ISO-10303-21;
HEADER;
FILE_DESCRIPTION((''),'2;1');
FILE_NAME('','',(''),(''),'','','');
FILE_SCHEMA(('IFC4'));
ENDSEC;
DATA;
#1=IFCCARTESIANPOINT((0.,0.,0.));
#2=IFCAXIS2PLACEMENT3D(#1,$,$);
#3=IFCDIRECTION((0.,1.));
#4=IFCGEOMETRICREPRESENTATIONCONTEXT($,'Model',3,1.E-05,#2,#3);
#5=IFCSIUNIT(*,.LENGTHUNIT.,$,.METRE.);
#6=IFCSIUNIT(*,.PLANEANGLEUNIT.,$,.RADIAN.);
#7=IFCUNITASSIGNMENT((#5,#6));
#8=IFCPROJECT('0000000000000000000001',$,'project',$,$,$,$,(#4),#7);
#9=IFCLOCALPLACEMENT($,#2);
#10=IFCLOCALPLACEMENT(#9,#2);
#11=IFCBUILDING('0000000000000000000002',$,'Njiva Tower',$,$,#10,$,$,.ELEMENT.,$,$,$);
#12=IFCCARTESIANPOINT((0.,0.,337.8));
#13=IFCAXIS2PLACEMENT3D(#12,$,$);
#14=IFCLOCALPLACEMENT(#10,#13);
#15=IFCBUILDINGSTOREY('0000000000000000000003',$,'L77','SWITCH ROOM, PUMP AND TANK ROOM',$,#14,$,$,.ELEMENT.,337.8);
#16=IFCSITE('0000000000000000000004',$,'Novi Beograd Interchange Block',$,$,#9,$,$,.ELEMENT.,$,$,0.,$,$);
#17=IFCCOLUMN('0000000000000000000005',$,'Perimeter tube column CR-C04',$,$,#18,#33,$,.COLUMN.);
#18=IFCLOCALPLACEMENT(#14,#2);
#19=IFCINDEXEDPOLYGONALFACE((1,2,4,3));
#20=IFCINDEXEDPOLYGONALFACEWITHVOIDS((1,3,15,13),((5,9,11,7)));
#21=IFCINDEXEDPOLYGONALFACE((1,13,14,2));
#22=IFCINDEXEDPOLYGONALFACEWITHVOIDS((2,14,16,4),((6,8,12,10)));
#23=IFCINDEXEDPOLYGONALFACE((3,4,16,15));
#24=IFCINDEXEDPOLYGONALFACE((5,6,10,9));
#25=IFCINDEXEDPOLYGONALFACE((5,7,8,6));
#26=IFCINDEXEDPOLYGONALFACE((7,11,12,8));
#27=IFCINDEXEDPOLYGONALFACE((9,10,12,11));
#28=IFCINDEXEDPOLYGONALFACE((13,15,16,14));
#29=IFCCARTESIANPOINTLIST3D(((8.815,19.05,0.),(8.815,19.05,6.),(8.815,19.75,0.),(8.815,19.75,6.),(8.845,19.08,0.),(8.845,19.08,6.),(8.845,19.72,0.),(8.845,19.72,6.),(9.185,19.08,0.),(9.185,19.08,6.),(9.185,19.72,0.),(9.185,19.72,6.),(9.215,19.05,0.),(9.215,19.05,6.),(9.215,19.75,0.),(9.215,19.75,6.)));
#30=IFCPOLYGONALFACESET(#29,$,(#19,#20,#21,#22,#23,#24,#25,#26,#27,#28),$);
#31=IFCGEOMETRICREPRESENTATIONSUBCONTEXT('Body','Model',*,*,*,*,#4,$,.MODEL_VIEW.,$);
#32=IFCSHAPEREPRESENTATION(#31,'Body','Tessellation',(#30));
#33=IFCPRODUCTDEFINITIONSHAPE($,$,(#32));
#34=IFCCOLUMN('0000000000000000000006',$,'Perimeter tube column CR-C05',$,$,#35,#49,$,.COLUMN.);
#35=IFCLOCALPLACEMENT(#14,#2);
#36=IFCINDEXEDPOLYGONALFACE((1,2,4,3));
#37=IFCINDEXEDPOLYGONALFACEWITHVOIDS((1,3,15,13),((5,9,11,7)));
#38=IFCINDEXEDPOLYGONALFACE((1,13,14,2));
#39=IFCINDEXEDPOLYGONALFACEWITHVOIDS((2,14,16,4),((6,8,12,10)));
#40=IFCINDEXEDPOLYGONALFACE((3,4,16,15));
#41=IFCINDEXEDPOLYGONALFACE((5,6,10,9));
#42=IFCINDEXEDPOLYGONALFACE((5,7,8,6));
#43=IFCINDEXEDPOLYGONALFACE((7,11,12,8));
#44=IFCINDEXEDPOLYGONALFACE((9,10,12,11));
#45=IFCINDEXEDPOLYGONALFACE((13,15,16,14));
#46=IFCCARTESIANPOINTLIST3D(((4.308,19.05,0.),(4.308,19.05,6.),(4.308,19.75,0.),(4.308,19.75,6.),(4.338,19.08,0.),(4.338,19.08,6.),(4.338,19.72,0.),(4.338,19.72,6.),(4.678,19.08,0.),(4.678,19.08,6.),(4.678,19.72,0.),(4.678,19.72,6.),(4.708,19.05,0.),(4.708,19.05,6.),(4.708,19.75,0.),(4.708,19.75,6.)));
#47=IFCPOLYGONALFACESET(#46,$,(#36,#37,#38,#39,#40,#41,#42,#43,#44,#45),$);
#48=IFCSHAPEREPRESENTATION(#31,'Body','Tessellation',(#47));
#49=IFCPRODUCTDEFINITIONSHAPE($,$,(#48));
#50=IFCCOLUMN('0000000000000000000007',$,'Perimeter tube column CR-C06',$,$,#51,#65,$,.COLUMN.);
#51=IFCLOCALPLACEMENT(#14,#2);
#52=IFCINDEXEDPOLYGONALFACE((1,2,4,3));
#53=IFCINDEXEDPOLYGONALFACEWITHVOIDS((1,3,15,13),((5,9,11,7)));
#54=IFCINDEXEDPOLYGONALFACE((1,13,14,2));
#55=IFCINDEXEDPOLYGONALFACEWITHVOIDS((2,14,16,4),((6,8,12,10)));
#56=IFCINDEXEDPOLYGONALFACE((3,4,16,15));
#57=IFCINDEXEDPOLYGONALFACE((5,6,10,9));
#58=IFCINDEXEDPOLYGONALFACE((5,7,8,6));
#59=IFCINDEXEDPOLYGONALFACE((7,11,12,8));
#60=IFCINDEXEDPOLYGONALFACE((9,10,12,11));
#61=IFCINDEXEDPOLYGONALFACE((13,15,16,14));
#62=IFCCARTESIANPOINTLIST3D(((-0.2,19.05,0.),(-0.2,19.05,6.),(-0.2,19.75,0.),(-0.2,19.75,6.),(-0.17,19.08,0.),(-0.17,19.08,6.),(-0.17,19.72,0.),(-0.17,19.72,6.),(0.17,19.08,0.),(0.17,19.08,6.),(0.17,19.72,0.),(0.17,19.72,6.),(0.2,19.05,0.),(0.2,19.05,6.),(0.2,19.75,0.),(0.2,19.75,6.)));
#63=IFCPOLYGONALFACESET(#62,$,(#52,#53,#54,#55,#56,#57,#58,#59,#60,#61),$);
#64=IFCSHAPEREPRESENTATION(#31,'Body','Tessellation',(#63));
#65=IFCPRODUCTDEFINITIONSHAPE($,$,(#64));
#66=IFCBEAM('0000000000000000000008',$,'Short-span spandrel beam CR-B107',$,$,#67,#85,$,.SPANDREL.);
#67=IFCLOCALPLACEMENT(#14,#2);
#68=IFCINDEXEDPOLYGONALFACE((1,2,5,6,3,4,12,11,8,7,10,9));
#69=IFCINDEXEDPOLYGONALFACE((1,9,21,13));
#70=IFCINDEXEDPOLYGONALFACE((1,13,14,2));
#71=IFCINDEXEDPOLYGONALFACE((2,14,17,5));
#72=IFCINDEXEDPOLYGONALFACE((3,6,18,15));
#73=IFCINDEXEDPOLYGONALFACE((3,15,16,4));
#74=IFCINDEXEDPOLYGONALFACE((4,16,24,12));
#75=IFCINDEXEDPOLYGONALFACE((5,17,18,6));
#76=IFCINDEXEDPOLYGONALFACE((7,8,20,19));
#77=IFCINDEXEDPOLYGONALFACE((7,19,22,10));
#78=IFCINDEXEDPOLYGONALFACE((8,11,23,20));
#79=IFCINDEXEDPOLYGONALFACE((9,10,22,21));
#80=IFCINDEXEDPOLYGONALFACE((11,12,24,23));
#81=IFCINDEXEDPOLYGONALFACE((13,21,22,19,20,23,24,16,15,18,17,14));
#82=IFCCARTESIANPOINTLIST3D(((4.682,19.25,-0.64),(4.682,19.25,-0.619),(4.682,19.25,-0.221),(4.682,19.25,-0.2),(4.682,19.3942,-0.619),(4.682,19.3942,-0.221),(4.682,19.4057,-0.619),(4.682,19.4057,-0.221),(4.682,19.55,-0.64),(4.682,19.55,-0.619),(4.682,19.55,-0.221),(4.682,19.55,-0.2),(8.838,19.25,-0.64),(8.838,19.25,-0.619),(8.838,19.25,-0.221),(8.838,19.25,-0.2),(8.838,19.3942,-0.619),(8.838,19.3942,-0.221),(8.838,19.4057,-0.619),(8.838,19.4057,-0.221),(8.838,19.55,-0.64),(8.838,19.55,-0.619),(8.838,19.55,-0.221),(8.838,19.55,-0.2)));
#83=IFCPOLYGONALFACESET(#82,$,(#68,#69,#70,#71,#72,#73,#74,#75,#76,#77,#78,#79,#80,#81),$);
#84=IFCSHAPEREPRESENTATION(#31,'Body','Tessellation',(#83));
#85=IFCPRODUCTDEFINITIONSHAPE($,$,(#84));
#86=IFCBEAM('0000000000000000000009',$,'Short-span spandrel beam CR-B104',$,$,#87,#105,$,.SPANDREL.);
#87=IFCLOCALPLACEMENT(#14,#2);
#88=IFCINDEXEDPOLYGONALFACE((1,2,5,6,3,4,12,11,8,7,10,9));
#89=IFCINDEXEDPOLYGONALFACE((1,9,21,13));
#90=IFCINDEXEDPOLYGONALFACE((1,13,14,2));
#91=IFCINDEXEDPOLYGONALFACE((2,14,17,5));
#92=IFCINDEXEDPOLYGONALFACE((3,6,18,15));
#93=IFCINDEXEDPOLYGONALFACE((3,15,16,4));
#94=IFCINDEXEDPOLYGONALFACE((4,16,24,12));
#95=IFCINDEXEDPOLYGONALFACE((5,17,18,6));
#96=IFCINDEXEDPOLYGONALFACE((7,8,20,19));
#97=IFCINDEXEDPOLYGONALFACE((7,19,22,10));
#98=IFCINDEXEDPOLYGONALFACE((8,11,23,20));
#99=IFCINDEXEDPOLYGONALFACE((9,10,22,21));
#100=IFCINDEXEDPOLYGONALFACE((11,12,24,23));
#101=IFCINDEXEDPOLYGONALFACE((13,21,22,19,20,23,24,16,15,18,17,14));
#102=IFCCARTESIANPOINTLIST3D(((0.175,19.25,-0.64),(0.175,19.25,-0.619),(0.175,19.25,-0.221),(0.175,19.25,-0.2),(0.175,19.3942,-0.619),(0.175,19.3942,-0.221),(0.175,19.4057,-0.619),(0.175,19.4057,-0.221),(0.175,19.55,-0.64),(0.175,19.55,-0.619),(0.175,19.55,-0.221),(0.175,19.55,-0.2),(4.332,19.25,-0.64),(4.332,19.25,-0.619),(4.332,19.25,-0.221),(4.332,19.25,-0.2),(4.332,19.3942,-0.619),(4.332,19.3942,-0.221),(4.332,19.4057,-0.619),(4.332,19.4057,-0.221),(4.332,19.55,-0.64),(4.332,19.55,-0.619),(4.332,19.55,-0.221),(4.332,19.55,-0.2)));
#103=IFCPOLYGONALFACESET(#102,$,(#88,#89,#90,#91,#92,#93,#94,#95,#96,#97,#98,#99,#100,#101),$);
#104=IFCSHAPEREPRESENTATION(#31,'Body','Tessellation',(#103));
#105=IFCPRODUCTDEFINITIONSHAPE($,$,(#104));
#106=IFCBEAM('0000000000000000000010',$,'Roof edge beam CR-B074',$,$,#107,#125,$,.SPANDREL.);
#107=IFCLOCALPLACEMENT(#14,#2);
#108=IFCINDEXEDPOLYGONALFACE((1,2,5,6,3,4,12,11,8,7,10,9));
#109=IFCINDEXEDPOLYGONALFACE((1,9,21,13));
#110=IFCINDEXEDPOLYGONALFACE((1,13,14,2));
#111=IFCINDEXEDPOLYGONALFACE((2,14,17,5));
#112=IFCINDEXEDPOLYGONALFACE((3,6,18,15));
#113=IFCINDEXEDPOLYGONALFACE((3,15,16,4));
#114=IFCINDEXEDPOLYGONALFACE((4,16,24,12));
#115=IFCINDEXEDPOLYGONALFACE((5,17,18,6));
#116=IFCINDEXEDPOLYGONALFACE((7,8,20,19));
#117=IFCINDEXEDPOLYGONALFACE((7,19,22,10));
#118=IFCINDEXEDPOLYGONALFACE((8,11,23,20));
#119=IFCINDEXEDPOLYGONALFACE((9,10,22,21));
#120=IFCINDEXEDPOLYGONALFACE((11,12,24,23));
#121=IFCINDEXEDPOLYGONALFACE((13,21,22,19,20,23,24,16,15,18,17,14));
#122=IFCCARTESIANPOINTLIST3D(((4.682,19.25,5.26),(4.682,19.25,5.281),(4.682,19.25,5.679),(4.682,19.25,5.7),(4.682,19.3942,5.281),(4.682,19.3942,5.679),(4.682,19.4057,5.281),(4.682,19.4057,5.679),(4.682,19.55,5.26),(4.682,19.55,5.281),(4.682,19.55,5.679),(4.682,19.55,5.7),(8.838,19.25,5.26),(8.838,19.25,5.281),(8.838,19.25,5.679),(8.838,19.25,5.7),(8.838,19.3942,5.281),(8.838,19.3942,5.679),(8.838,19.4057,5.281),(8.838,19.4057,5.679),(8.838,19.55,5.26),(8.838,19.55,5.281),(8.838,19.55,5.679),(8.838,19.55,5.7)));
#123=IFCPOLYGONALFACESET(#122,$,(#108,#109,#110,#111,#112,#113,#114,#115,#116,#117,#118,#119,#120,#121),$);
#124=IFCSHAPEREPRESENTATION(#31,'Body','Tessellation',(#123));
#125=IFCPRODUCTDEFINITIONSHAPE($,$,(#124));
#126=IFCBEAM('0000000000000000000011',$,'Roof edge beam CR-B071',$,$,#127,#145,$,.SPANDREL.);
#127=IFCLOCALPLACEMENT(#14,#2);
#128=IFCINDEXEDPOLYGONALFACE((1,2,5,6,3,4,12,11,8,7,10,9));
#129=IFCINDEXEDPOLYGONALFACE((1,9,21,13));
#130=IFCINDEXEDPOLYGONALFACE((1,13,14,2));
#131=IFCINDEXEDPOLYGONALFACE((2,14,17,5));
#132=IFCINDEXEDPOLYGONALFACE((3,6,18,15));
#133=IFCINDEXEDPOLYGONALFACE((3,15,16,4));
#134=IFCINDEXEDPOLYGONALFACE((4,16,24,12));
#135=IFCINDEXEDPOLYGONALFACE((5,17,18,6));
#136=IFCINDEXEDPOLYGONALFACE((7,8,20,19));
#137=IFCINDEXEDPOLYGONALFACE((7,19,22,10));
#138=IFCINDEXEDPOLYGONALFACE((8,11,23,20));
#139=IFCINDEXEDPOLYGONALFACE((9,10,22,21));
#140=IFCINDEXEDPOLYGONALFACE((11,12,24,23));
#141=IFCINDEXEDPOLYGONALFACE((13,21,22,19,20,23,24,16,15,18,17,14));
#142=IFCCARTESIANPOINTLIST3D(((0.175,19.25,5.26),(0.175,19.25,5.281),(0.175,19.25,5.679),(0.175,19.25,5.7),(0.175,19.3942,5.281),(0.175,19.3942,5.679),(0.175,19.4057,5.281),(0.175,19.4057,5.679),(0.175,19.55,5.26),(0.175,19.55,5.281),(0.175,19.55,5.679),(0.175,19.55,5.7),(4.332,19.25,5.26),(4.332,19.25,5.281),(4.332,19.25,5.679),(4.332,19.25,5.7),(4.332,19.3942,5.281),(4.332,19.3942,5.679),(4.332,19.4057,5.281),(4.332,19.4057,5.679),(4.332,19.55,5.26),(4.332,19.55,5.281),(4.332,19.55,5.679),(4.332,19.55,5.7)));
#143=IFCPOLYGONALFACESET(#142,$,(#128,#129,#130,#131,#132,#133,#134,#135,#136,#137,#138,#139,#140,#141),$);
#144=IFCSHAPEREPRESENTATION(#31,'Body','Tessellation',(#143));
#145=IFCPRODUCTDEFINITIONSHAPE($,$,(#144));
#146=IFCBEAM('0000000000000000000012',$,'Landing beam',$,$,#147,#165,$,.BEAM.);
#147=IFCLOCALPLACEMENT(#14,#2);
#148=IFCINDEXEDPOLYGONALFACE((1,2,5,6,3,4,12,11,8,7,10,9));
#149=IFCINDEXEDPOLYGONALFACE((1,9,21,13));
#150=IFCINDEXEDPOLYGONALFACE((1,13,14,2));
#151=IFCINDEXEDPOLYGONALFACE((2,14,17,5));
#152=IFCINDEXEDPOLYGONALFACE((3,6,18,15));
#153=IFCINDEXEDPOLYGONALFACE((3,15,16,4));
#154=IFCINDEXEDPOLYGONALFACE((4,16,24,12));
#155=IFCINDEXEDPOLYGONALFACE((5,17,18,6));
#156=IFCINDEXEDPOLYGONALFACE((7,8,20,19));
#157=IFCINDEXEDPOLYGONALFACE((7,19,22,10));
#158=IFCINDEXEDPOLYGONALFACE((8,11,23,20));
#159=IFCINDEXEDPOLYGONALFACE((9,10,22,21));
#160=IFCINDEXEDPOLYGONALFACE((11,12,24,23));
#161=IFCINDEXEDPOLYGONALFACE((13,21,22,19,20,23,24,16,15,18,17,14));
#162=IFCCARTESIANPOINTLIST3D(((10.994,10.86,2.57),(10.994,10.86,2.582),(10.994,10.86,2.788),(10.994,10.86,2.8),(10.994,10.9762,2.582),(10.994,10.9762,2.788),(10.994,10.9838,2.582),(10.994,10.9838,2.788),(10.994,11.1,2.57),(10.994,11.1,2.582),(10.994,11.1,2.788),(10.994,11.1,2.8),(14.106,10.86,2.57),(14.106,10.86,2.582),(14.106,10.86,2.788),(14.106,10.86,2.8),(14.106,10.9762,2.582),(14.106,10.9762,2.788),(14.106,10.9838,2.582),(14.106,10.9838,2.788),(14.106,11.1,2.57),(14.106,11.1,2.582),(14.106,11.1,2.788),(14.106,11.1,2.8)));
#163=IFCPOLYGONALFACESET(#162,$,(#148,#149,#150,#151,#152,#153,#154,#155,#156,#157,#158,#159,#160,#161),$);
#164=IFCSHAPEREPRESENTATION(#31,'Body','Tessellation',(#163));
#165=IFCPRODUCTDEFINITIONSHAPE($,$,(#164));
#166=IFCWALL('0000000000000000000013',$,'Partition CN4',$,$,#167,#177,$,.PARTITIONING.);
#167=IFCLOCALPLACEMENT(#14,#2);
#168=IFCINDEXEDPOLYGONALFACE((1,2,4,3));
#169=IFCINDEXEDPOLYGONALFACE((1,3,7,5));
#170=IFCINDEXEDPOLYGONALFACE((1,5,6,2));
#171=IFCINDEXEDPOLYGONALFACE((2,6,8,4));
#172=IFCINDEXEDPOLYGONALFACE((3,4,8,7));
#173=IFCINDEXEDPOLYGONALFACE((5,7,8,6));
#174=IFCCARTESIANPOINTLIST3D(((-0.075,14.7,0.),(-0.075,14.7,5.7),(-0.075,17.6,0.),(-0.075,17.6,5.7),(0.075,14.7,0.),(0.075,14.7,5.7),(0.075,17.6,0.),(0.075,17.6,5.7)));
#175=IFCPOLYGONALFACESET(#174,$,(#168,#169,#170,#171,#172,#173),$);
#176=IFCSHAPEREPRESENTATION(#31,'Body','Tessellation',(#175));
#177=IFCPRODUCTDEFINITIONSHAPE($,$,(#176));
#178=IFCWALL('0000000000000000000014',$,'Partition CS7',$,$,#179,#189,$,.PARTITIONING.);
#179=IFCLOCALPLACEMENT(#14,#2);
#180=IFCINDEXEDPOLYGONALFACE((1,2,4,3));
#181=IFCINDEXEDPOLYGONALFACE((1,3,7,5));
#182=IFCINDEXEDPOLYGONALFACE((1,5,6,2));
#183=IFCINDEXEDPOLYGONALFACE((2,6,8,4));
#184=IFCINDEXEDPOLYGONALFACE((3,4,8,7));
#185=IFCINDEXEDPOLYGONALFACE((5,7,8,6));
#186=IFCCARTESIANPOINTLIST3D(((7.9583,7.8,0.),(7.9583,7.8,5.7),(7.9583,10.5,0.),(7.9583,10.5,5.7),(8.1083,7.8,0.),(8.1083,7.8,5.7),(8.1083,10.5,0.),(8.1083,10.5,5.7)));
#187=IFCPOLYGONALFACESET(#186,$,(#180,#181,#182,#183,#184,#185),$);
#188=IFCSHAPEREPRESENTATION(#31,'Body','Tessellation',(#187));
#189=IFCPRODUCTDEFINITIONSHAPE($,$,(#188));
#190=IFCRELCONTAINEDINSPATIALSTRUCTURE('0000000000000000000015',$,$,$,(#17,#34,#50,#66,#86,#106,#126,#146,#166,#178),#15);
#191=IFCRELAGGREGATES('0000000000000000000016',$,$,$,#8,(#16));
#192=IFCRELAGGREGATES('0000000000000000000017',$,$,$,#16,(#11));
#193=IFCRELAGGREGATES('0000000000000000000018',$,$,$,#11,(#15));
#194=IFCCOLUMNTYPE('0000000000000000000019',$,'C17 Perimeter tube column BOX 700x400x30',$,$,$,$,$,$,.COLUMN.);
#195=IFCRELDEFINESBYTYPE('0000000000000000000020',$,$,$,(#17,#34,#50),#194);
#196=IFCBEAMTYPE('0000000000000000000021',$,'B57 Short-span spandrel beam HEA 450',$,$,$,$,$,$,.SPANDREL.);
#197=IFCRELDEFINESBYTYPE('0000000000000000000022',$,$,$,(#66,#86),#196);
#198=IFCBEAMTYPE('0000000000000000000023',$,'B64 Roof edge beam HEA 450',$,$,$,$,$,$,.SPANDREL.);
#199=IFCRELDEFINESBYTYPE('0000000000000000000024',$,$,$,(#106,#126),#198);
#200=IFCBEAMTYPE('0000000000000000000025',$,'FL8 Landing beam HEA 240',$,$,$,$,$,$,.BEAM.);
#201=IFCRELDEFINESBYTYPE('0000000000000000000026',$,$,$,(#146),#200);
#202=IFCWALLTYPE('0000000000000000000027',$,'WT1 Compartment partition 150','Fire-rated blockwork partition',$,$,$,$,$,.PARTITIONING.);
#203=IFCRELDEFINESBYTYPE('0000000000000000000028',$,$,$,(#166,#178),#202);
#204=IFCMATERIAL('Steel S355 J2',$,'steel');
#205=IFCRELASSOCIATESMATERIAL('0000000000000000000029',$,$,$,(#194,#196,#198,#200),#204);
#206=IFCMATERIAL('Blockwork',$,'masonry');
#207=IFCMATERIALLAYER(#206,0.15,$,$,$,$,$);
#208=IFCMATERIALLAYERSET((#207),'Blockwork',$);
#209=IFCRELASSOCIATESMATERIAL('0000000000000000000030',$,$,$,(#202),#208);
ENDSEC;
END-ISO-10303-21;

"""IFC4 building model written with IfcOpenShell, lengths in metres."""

from ifc_helpers import new_model, si_unit, direction, frame, frame_2d, origin, origin_2d, place, context, subcontext, project, spatial, rectangle, hollow_rectangle, i_section, extrude, material, layer, layer_set, material_profile, profile_set, type_object, element, save


model = new_model("IFC4")

# Units and contexts
model_context = context("Model", 3, precision=1e-05, world=origin(), true_north=direction((0.0, 1.0)))
body_context = subcontext(model_context, "Body", "Model", "MODEL_VIEW")
ifc_project = project(units=[si_unit("LENGTHUNIT", "METRE"), si_unit("PLANEANGLEUNIT", "RADIAN")], contexts=[model_context])

# Site, building, storey
site_placement = place(None, origin())
site = spatial("IfcSite", under=ifc_project, at=site_placement, Name="Novi Beograd Interchange Block", CompositionType="ELEMENT", RefElevation=0.0)
building_placement = place(site_placement, origin())
building = spatial("IfcBuilding", under=site, at=building_placement, Name="Njiva Tower", CompositionType="ELEMENT")
storey_placement = place(building_placement, frame((0.0, 0.0, 337.8)))
storey = spatial("IfcBuildingStorey", under=building, at=storey_placement, Name="L77", Description="SWITCH ROOM, PUMP AND TANK ROOM", CompositionType="ELEMENT", Elevation=337.8)

# Columns
ifc_material_1 = material(Name="Steel S355 J2", Category="steel")
ifc_material_profile_1 = material_profile(ifc_material_1, hollow_rectangle(XDim=0.4, YDim=0.7, WallThickness=0.03, at=origin_2d()), Name="BOX 700x400x30")
ifc_profile_set_1 = profile_set([ifc_material_profile_1], Name="Steel S355 J2")
column_type = type_object("IfcColumnType", Name="C17 Perimeter tube column BOX 700x400x30", PredefinedType="COLUMN", material=ifc_profile_set_1)
for number, where, z_axis, x_axis, name in (
    (1, (9.015, 19.4, 0.0), (0.0, 0.0, 1.0), (-1.0, 0.0, 0.0), "Perimeter tube column CR-C04"),
    (2, (4.508, 19.4, 0.0), (0.0, 0.0, 1.0), (-1.0, 0.0, 0.0), "Perimeter tube column CR-C05"),
    (3, (0.0, 19.4, 0.0), (0.0, 0.0, 1.0), (-1.0, 0.0, 0.0), "Perimeter tube column CR-C06"),
):
    element("IfcColumn", number, at=place(storey_placement, frame(where, z_axis=z_axis, x_axis=x_axis)), inside=storey, type_object=column_type, Name=name, PredefinedType="COLUMN", context=body_context, shape_type="SweptSolid", body=[
        extrude(hollow_rectangle(XDim=0.4, YDim=0.7, WallThickness=0.03, at=origin_2d()), origin(), (0.0, 0.0, 1.0), 6.0),
    ])

# Beams
ifc_material_profile_2 = material_profile(ifc_material_1, i_section(OverallWidth=0.3, OverallDepth=0.44, WebThickness=0.0115, FlangeThickness=0.021, at=origin_2d()), Name="HEA 450")
ifc_profile_set_2 = profile_set([ifc_material_profile_2], Name="Steel S355 J2")
beam_type_1 = type_object("IfcBeamType", Name="B57 Short-span spandrel beam HEA 450", PredefinedType="SPANDREL", material=ifc_profile_set_2)
beam_1_placement = place(storey_placement, frame((8.838, 19.4, -0.42), z_axis=(-1.0, 0.0, 0.0), x_axis=(0.0, -1.0, 0.0)))
element("IfcBeam", 4, at=beam_1_placement, inside=storey, type_object=beam_type_1, Name="Short-span spandrel beam CR-B107", PredefinedType="SPANDREL", context=body_context, shape_type="SweptSolid", body=[
    extrude(i_section(OverallWidth=0.3, OverallDepth=0.44, WebThickness=0.0115, FlangeThickness=0.021, at=origin_2d()), origin(), (0.0, 0.0, 1.0), 4.156),
])
beam_2_placement = place(storey_placement, frame((4.332, 19.4, -0.42), z_axis=(-1.0, 0.0, 0.0), x_axis=(0.0, -1.0, 0.0)))
element("IfcBeam", 5, at=beam_2_placement, inside=storey, type_object=beam_type_1, Name="Short-span spandrel beam CR-B104", PredefinedType="SPANDREL", context=body_context, shape_type="SweptSolid", body=[
    extrude(i_section(OverallWidth=0.3, OverallDepth=0.44, WebThickness=0.0115, FlangeThickness=0.021, at=origin_2d()), origin(), (0.0, 0.0, 1.0), 4.157),
])
ifc_material_profile_3 = material_profile(ifc_material_1, i_section(OverallWidth=0.3, OverallDepth=0.44, WebThickness=0.0115, FlangeThickness=0.021, at=origin_2d()), Name="HEA 450")
ifc_profile_set_3 = profile_set([ifc_material_profile_3], Name="Steel S355 J2")
beam_type_2 = type_object("IfcBeamType", Name="B64 Roof edge beam HEA 450", PredefinedType="SPANDREL", material=ifc_profile_set_3)
beam_3_placement = place(storey_placement, frame((8.838, 19.4, 5.48), z_axis=(-1.0, 0.0, 0.0), x_axis=(0.0, -1.0, 0.0)))
element("IfcBeam", 6, at=beam_3_placement, inside=storey, type_object=beam_type_2, Name="Roof edge beam CR-B074", PredefinedType="SPANDREL", context=body_context, shape_type="SweptSolid", body=[
    extrude(i_section(OverallWidth=0.3, OverallDepth=0.44, WebThickness=0.0115, FlangeThickness=0.021, at=origin_2d()), origin(), (0.0, 0.0, 1.0), 4.156),
])
beam_4_placement = place(storey_placement, frame((4.332, 19.4, 5.48), z_axis=(-1.0, 0.0, 0.0), x_axis=(0.0, -1.0, 0.0)))
element("IfcBeam", 7, at=beam_4_placement, inside=storey, type_object=beam_type_2, Name="Roof edge beam CR-B071", PredefinedType="SPANDREL", context=body_context, shape_type="SweptSolid", body=[
    extrude(i_section(OverallWidth=0.3, OverallDepth=0.44, WebThickness=0.0115, FlangeThickness=0.021, at=origin_2d()), origin(), (0.0, 0.0, 1.0), 4.157),
])
ifc_material_profile_4 = material_profile(ifc_material_1, i_section(OverallWidth=0.24, OverallDepth=0.23, WebThickness=0.0075, FlangeThickness=0.012, at=origin_2d()), Name="HEA240")
ifc_profile_set_4 = profile_set([ifc_material_profile_4], Name="Steel S355 J2")
beam_type_3 = type_object("IfcBeamType", Name="FL8 Landing beam HEA 240", PredefinedType="BEAM", material=ifc_profile_set_4)
beam_5_placement = place(storey_placement, frame((10.994, 10.98, 2.685), z_axis=(1.0, 0.0, 0.0), x_axis=(0.0, 1.0, 0.0)))
element("IfcBeam", 8, at=beam_5_placement, inside=storey, type_object=beam_type_3, Name="Landing beam", PredefinedType="BEAM", context=body_context, shape_type="SweptSolid", body=[
    extrude(i_section(OverallWidth=0.24, OverallDepth=0.23, WebThickness=0.0075, FlangeThickness=0.012, at=origin_2d()), origin(), (0.0, 0.0, 1.0), 3.112),
])

# Walls
ifc_material_2 = material(Name="Blockwork", Category="masonry")
ifc_layer_1 = layer(ifc_material_2, 0.15)
ifc_layer_set_1 = layer_set([ifc_layer_1], Name="Blockwork")
wall_type_1 = type_object("IfcWallType", Name="WT1 Compartment partition 150", Description="Fire-rated blockwork partition", PredefinedType="PARTITIONING", material=ifc_layer_set_1)
wall_1_placement = place(storey_placement, frame((0.0, 14.7, 0.0), z_axis=(0.0, 0.0, 1.0), x_axis=(0.0, 1.0, 0.0)))
element("IfcWall", 9, at=wall_1_placement, inside=storey, type_object=wall_type_1, Name="Partition CN4", PredefinedType="PARTITIONING", context=body_context, shape_type="SweptSolid", body=[
    extrude(rectangle(XDim=2.9, YDim=0.15, at=frame_2d((1.45, 0.0))), origin(), (0.0, 0.0, 1.0), 5.7),
])
wall_2_placement = place(storey_placement, frame((8.0333, 7.8, 0.0), z_axis=(0.0, 0.0, 1.0), x_axis=(0.0, 1.0, 0.0)))
element("IfcWall", 10, at=wall_2_placement, inside=storey, type_object=wall_type_1, Name="Partition CS7", PredefinedType="PARTITIONING", context=body_context, shape_type="SweptSolid", body=[
    extrude(rectangle(XDim=2.7, YDim=0.15, at=frame_2d((1.35, 0.0))), origin(), (0.0, 0.0, 1.0), 5.7),
])

save(model, "model.ifc")
